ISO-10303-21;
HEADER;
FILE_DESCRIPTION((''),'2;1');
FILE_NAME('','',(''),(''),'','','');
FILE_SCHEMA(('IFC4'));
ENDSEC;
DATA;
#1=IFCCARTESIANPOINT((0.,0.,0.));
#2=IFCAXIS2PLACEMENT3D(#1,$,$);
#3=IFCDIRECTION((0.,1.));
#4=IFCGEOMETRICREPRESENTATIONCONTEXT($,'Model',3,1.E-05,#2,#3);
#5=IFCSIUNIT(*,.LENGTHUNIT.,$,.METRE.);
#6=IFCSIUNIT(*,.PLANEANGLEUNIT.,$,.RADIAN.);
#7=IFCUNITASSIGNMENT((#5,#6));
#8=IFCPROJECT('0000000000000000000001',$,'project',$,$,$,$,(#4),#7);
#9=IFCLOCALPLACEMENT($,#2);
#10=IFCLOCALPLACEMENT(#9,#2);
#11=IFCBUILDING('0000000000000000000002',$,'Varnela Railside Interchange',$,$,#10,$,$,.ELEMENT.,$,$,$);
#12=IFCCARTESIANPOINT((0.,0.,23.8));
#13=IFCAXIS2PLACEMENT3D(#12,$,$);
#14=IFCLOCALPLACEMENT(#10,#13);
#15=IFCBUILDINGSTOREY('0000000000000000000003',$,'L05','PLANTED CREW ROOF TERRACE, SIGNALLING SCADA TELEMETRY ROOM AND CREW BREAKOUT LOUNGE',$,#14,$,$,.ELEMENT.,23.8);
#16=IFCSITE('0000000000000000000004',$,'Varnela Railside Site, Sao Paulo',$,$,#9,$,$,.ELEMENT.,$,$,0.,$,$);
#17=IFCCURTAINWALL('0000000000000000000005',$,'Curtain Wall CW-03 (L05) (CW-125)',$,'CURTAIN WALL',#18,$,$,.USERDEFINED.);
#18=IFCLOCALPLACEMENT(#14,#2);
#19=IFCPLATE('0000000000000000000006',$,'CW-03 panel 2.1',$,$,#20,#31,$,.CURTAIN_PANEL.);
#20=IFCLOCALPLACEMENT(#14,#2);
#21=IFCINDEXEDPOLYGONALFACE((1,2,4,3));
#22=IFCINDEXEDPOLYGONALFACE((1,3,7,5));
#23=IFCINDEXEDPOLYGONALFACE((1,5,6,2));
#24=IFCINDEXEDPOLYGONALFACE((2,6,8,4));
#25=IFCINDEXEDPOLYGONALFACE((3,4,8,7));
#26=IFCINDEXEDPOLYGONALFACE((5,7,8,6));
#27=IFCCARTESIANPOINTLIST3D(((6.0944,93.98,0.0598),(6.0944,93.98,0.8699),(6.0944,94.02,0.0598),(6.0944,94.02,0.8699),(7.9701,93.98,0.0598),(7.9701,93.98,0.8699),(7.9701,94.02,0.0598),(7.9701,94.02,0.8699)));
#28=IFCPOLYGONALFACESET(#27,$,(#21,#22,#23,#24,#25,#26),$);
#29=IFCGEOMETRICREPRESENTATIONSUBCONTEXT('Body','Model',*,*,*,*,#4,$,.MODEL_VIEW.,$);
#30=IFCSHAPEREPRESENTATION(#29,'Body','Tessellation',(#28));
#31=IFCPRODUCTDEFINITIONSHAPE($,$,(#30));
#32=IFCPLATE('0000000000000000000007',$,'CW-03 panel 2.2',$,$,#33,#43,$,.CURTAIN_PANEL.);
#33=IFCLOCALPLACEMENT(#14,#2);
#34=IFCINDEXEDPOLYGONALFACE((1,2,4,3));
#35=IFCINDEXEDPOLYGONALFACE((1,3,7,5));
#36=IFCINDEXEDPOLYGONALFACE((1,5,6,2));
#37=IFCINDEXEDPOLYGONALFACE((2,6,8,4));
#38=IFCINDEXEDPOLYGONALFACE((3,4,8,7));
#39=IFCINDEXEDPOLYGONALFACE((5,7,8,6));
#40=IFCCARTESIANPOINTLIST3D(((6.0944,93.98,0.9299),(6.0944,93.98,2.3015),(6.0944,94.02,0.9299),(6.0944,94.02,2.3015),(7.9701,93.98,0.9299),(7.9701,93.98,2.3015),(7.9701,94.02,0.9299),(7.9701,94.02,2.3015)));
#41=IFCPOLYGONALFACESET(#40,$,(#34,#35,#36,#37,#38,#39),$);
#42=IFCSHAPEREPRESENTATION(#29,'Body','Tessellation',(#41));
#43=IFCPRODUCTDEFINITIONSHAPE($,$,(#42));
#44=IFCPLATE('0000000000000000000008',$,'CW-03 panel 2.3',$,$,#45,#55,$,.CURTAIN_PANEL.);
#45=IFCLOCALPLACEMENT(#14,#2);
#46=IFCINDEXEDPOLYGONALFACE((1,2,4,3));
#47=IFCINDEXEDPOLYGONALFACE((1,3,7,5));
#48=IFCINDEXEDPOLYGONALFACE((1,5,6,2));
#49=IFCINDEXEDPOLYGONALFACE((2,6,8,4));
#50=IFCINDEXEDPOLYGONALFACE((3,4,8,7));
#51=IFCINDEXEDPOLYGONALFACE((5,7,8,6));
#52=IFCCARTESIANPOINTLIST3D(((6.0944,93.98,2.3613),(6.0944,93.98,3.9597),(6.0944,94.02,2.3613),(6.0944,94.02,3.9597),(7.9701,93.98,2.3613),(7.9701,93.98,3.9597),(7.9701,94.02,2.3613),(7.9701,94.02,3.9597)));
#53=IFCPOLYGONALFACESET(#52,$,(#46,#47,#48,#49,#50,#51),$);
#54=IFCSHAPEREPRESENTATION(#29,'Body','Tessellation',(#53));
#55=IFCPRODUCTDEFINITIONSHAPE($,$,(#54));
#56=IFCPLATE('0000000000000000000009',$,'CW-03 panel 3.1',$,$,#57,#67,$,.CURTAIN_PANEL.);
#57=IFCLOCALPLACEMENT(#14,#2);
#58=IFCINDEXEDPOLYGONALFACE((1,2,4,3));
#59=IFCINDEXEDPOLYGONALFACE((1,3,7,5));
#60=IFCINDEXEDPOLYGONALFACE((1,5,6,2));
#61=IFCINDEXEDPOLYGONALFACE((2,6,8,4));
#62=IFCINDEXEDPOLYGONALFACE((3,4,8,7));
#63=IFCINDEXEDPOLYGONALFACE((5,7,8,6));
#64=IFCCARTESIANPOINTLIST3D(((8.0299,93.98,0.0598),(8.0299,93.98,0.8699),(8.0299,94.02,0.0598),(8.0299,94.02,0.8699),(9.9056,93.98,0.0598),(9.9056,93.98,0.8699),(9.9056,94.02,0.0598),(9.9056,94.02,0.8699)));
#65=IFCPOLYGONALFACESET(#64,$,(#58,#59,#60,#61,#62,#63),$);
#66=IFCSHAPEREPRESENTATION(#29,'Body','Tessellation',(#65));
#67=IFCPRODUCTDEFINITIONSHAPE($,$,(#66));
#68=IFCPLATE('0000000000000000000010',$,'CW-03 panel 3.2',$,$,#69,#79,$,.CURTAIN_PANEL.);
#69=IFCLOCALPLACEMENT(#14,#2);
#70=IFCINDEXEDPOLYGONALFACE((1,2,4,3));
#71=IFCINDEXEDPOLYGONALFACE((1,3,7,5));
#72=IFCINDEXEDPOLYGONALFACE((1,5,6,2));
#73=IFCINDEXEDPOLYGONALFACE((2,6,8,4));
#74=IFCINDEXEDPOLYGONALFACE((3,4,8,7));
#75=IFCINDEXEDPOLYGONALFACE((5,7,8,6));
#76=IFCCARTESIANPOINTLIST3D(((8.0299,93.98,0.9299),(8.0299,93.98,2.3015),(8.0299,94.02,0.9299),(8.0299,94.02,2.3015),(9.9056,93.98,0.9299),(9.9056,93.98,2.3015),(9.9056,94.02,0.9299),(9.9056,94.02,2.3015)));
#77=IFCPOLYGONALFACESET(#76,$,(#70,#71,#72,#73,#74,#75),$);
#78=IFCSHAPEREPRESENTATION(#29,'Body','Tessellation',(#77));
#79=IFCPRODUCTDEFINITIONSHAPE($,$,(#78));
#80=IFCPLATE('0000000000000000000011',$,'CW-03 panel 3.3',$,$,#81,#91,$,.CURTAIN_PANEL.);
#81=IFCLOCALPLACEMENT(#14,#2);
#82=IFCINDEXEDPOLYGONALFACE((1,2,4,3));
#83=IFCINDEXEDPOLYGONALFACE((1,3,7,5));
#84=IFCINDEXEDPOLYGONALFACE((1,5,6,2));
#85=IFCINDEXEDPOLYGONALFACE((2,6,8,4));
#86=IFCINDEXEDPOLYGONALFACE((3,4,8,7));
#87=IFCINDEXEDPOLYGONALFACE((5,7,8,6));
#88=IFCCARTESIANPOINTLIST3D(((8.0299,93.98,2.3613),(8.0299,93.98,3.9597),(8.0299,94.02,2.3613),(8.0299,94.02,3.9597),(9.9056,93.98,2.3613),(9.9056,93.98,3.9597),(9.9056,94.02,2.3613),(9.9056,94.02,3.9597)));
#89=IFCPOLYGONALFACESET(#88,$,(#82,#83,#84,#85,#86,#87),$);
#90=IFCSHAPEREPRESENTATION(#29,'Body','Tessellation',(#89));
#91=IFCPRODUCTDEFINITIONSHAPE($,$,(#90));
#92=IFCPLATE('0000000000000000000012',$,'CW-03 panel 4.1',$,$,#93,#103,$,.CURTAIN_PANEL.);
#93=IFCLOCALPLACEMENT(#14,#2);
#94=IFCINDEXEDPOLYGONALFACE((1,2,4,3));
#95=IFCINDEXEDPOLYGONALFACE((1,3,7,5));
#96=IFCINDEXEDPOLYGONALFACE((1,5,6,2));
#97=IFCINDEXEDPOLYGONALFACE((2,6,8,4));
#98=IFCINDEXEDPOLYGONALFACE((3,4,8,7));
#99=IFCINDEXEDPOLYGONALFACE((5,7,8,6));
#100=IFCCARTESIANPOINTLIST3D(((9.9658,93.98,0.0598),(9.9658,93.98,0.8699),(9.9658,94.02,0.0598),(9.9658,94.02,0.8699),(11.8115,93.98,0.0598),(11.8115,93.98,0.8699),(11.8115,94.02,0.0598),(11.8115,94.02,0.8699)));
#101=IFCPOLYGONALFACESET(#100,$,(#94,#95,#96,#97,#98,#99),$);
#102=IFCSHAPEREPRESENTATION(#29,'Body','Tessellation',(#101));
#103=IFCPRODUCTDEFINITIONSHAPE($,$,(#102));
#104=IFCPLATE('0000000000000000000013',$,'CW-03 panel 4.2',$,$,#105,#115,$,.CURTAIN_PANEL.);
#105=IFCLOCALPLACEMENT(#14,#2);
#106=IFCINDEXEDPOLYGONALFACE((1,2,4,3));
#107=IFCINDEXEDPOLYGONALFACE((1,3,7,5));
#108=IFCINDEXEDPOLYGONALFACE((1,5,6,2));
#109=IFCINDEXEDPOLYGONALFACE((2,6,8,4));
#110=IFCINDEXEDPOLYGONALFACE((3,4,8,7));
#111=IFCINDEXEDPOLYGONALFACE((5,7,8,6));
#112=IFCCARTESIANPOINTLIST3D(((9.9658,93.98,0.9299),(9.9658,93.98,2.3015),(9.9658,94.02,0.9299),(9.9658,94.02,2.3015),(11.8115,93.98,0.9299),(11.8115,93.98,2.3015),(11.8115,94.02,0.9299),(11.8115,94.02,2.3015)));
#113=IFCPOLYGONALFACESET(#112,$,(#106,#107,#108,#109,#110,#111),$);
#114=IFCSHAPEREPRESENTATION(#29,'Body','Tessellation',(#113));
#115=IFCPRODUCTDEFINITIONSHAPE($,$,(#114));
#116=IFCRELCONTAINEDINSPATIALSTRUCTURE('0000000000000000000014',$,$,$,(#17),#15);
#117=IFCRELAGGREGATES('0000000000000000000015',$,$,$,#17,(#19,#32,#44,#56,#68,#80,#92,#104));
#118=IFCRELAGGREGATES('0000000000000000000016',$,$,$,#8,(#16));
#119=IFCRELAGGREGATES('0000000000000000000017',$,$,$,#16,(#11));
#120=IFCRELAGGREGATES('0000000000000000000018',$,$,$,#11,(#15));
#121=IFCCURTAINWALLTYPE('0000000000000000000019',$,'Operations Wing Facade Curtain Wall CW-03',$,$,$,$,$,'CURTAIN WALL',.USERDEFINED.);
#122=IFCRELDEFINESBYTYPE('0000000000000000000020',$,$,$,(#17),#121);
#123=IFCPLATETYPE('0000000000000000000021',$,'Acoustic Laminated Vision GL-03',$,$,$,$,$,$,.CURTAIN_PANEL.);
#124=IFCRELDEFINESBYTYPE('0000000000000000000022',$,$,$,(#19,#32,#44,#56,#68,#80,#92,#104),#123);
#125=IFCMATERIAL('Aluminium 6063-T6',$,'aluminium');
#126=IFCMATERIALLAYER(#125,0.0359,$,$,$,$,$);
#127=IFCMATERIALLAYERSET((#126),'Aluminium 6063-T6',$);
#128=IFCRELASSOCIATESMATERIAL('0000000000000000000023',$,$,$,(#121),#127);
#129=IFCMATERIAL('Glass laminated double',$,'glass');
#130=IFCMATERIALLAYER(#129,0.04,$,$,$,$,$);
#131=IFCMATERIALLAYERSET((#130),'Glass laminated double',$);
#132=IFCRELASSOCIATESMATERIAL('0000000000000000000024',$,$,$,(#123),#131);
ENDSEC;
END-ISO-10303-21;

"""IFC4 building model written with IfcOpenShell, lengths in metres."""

from ifc_helpers import new_model, si_unit, direction, frame, origin, origin_2d, place, context, subcontext, project, spatial, rectangle, extrude, material, layer, layer_set, type_object, element, aggregate, save


model = new_model("IFC4")

# Units and contexts
model_context = context("Model", 3, precision=1e-05, world=origin(), true_north=direction((0.0, 1.0)))
body_context = subcontext(model_context, "Body", "Model", "MODEL_VIEW")
ifc_project = project(units=[si_unit("LENGTHUNIT", "METRE"), si_unit("PLANEANGLEUNIT", "RADIAN")], contexts=[model_context])

# Site, building, storey
site_placement = place(None, origin())
site = spatial("IfcSite", under=ifc_project, at=site_placement, Name="Varnela Railside Site, Sao Paulo", CompositionType="ELEMENT", RefElevation=0.0)
building_placement = place(site_placement, origin())
building = spatial("IfcBuilding", under=site, at=building_placement, Name="Varnela Railside Interchange", CompositionType="ELEMENT")
storey_placement = place(building_placement, frame((0.0, 0.0, 23.8)))
storey = spatial("IfcBuildingStorey", under=building, at=storey_placement, Name="L05", Description="PLANTED CREW ROOF TERRACE, SIGNALLING SCADA TELEMETRY ROOM AND CREW BREAKOUT LOUNGE", CompositionType="ELEMENT", Elevation=23.8)

# Curtain wall, plates
ifc_material_1 = material(Name="Aluminium 6063-T6", Category="aluminium")
ifc_layer_1 = layer(ifc_material_1, 0.0359)
ifc_layer_set_1 = layer_set([ifc_layer_1], Name="Aluminium 6063-T6")
curtain_wall_type = type_object("IfcCurtainWallType", Name="Operations Wing Facade Curtain Wall CW-03", ElementType="CURTAIN WALL", PredefinedType="USERDEFINED", material=ifc_layer_set_1)
curtain_wall_placement = place(storey_placement, origin())
curtain_wall = element("IfcCurtainWall", 1, at=curtain_wall_placement, inside=storey, type_object=curtain_wall_type, Name="Curtain Wall CW-03 (L05) (CW-125)", ObjectType="CURTAIN WALL", PredefinedType="USERDEFINED")
ifc_material_2 = material(Name="Glass laminated double", Category="glass")
ifc_layer_2 = layer(ifc_material_2, 0.04)
ifc_layer_set_2 = layer_set([ifc_layer_2], Name="Glass laminated double")
plate_type = type_object("IfcPlateType", Name="Acoustic Laminated Vision GL-03", PredefinedType="CURTAIN_PANEL", material=ifc_layer_set_2)
plate_1_placement = place(storey_placement, frame((7.0322, 94.0, 0.0598), z_axis=(0.0, 0.0, 1.0), x_axis=(1.0, 0.0, 0.0)))
plate_1 = element("IfcPlate", 2, at=plate_1_placement, type_object=plate_type, Name="CW-03 panel 2.1", PredefinedType="CURTAIN_PANEL", context=body_context, shape_type="SweptSolid", body=[
    extrude(rectangle(XDim=1.8757, YDim=0.04, at=origin_2d()), origin(), (0.0, 0.0, 1.0), 0.8101),
])
plate_2_placement = place(storey_placement, frame((7.0322, 94.0, 0.9299), z_axis=(0.0, 0.0, 1.0), x_axis=(1.0, 0.0, 0.0)))
plate_2 = element("IfcPlate", 3, at=plate_2_placement, type_object=plate_type, Name="CW-03 panel 2.2", PredefinedType="CURTAIN_PANEL", context=body_context, shape_type="SweptSolid", body=[
    extrude(rectangle(XDim=1.8757, YDim=0.04, at=origin_2d()), origin(), (0.0, 0.0, 1.0), 1.3716),
])
plate_3_placement = place(storey_placement, frame((7.0322, 94.0, 2.3613), z_axis=(0.0, 0.0, 1.0), x_axis=(1.0, 0.0, 0.0)))
plate_3 = element("IfcPlate", 4, at=plate_3_placement, type_object=plate_type, Name="CW-03 panel 2.3", PredefinedType="CURTAIN_PANEL", context=body_context, shape_type="SweptSolid", body=[
    extrude(rectangle(XDim=1.8757, YDim=0.04, at=origin_2d()), origin(), (0.0, 0.0, 1.0), 1.5984),
])
plate_4_placement = place(storey_placement, frame((8.9678, 94.0, 0.0598), z_axis=(0.0, 0.0, 1.0), x_axis=(1.0, 0.0, 0.0)))
plate_4 = element("IfcPlate", 5, at=plate_4_placement, type_object=plate_type, Name="CW-03 panel 3.1", PredefinedType="CURTAIN_PANEL", context=body_context, shape_type="SweptSolid", body=[
    extrude(rectangle(XDim=1.8757, YDim=0.04, at=origin_2d()), origin(), (0.0, 0.0, 1.0), 0.8101),
])
plate_5_placement = place(storey_placement, frame((8.9678, 94.0, 0.9299), z_axis=(0.0, 0.0, 1.0), x_axis=(1.0, 0.0, 0.0)))
plate_5 = element("IfcPlate", 6, at=plate_5_placement, type_object=plate_type, Name="CW-03 panel 3.2", PredefinedType="CURTAIN_PANEL", context=body_context, shape_type="SweptSolid", body=[
    extrude(rectangle(XDim=1.8757, YDim=0.04, at=origin_2d()), origin(), (0.0, 0.0, 1.0), 1.3716),
])
plate_6_placement = place(storey_placement, frame((8.9678, 94.0, 2.3613), z_axis=(0.0, 0.0, 1.0), x_axis=(1.0, 0.0, 0.0)))
plate_6 = element("IfcPlate", 7, at=plate_6_placement, type_object=plate_type, Name="CW-03 panel 3.3", PredefinedType="CURTAIN_PANEL", context=body_context, shape_type="SweptSolid", body=[
    extrude(rectangle(XDim=1.8757, YDim=0.04, at=origin_2d()), origin(), (0.0, 0.0, 1.0), 1.5984),
])
plate_7_placement = place(storey_placement, frame((10.8887, 94.0, 0.0598), z_axis=(0.0, 0.0, 1.0), x_axis=(1.0, 0.0, 0.0)))
plate_7 = element("IfcPlate", 8, at=plate_7_placement, type_object=plate_type, Name="CW-03 panel 4.1", PredefinedType="CURTAIN_PANEL", context=body_context, shape_type="SweptSolid", body=[
    extrude(rectangle(XDim=1.8457, YDim=0.04, at=origin_2d()), origin(), (0.0, 0.0, 1.0), 0.8101),
])
plate_8_placement = place(storey_placement, frame((10.8887, 94.0, 0.9299), z_axis=(0.0, 0.0, 1.0), x_axis=(1.0, 0.0, 0.0)))
plate_8 = element("IfcPlate", 9, at=plate_8_placement, type_object=plate_type, Name="CW-03 panel 4.2", PredefinedType="CURTAIN_PANEL", context=body_context, shape_type="SweptSolid", body=[
    extrude(rectangle(XDim=1.8457, YDim=0.04, at=origin_2d()), origin(), (0.0, 0.0, 1.0), 1.3716),
])
aggregate(curtain_wall, [plate_1, plate_2, plate_3, plate_4, plate_5, plate_6, plate_7, plate_8])

save(model, "model.ifc")
